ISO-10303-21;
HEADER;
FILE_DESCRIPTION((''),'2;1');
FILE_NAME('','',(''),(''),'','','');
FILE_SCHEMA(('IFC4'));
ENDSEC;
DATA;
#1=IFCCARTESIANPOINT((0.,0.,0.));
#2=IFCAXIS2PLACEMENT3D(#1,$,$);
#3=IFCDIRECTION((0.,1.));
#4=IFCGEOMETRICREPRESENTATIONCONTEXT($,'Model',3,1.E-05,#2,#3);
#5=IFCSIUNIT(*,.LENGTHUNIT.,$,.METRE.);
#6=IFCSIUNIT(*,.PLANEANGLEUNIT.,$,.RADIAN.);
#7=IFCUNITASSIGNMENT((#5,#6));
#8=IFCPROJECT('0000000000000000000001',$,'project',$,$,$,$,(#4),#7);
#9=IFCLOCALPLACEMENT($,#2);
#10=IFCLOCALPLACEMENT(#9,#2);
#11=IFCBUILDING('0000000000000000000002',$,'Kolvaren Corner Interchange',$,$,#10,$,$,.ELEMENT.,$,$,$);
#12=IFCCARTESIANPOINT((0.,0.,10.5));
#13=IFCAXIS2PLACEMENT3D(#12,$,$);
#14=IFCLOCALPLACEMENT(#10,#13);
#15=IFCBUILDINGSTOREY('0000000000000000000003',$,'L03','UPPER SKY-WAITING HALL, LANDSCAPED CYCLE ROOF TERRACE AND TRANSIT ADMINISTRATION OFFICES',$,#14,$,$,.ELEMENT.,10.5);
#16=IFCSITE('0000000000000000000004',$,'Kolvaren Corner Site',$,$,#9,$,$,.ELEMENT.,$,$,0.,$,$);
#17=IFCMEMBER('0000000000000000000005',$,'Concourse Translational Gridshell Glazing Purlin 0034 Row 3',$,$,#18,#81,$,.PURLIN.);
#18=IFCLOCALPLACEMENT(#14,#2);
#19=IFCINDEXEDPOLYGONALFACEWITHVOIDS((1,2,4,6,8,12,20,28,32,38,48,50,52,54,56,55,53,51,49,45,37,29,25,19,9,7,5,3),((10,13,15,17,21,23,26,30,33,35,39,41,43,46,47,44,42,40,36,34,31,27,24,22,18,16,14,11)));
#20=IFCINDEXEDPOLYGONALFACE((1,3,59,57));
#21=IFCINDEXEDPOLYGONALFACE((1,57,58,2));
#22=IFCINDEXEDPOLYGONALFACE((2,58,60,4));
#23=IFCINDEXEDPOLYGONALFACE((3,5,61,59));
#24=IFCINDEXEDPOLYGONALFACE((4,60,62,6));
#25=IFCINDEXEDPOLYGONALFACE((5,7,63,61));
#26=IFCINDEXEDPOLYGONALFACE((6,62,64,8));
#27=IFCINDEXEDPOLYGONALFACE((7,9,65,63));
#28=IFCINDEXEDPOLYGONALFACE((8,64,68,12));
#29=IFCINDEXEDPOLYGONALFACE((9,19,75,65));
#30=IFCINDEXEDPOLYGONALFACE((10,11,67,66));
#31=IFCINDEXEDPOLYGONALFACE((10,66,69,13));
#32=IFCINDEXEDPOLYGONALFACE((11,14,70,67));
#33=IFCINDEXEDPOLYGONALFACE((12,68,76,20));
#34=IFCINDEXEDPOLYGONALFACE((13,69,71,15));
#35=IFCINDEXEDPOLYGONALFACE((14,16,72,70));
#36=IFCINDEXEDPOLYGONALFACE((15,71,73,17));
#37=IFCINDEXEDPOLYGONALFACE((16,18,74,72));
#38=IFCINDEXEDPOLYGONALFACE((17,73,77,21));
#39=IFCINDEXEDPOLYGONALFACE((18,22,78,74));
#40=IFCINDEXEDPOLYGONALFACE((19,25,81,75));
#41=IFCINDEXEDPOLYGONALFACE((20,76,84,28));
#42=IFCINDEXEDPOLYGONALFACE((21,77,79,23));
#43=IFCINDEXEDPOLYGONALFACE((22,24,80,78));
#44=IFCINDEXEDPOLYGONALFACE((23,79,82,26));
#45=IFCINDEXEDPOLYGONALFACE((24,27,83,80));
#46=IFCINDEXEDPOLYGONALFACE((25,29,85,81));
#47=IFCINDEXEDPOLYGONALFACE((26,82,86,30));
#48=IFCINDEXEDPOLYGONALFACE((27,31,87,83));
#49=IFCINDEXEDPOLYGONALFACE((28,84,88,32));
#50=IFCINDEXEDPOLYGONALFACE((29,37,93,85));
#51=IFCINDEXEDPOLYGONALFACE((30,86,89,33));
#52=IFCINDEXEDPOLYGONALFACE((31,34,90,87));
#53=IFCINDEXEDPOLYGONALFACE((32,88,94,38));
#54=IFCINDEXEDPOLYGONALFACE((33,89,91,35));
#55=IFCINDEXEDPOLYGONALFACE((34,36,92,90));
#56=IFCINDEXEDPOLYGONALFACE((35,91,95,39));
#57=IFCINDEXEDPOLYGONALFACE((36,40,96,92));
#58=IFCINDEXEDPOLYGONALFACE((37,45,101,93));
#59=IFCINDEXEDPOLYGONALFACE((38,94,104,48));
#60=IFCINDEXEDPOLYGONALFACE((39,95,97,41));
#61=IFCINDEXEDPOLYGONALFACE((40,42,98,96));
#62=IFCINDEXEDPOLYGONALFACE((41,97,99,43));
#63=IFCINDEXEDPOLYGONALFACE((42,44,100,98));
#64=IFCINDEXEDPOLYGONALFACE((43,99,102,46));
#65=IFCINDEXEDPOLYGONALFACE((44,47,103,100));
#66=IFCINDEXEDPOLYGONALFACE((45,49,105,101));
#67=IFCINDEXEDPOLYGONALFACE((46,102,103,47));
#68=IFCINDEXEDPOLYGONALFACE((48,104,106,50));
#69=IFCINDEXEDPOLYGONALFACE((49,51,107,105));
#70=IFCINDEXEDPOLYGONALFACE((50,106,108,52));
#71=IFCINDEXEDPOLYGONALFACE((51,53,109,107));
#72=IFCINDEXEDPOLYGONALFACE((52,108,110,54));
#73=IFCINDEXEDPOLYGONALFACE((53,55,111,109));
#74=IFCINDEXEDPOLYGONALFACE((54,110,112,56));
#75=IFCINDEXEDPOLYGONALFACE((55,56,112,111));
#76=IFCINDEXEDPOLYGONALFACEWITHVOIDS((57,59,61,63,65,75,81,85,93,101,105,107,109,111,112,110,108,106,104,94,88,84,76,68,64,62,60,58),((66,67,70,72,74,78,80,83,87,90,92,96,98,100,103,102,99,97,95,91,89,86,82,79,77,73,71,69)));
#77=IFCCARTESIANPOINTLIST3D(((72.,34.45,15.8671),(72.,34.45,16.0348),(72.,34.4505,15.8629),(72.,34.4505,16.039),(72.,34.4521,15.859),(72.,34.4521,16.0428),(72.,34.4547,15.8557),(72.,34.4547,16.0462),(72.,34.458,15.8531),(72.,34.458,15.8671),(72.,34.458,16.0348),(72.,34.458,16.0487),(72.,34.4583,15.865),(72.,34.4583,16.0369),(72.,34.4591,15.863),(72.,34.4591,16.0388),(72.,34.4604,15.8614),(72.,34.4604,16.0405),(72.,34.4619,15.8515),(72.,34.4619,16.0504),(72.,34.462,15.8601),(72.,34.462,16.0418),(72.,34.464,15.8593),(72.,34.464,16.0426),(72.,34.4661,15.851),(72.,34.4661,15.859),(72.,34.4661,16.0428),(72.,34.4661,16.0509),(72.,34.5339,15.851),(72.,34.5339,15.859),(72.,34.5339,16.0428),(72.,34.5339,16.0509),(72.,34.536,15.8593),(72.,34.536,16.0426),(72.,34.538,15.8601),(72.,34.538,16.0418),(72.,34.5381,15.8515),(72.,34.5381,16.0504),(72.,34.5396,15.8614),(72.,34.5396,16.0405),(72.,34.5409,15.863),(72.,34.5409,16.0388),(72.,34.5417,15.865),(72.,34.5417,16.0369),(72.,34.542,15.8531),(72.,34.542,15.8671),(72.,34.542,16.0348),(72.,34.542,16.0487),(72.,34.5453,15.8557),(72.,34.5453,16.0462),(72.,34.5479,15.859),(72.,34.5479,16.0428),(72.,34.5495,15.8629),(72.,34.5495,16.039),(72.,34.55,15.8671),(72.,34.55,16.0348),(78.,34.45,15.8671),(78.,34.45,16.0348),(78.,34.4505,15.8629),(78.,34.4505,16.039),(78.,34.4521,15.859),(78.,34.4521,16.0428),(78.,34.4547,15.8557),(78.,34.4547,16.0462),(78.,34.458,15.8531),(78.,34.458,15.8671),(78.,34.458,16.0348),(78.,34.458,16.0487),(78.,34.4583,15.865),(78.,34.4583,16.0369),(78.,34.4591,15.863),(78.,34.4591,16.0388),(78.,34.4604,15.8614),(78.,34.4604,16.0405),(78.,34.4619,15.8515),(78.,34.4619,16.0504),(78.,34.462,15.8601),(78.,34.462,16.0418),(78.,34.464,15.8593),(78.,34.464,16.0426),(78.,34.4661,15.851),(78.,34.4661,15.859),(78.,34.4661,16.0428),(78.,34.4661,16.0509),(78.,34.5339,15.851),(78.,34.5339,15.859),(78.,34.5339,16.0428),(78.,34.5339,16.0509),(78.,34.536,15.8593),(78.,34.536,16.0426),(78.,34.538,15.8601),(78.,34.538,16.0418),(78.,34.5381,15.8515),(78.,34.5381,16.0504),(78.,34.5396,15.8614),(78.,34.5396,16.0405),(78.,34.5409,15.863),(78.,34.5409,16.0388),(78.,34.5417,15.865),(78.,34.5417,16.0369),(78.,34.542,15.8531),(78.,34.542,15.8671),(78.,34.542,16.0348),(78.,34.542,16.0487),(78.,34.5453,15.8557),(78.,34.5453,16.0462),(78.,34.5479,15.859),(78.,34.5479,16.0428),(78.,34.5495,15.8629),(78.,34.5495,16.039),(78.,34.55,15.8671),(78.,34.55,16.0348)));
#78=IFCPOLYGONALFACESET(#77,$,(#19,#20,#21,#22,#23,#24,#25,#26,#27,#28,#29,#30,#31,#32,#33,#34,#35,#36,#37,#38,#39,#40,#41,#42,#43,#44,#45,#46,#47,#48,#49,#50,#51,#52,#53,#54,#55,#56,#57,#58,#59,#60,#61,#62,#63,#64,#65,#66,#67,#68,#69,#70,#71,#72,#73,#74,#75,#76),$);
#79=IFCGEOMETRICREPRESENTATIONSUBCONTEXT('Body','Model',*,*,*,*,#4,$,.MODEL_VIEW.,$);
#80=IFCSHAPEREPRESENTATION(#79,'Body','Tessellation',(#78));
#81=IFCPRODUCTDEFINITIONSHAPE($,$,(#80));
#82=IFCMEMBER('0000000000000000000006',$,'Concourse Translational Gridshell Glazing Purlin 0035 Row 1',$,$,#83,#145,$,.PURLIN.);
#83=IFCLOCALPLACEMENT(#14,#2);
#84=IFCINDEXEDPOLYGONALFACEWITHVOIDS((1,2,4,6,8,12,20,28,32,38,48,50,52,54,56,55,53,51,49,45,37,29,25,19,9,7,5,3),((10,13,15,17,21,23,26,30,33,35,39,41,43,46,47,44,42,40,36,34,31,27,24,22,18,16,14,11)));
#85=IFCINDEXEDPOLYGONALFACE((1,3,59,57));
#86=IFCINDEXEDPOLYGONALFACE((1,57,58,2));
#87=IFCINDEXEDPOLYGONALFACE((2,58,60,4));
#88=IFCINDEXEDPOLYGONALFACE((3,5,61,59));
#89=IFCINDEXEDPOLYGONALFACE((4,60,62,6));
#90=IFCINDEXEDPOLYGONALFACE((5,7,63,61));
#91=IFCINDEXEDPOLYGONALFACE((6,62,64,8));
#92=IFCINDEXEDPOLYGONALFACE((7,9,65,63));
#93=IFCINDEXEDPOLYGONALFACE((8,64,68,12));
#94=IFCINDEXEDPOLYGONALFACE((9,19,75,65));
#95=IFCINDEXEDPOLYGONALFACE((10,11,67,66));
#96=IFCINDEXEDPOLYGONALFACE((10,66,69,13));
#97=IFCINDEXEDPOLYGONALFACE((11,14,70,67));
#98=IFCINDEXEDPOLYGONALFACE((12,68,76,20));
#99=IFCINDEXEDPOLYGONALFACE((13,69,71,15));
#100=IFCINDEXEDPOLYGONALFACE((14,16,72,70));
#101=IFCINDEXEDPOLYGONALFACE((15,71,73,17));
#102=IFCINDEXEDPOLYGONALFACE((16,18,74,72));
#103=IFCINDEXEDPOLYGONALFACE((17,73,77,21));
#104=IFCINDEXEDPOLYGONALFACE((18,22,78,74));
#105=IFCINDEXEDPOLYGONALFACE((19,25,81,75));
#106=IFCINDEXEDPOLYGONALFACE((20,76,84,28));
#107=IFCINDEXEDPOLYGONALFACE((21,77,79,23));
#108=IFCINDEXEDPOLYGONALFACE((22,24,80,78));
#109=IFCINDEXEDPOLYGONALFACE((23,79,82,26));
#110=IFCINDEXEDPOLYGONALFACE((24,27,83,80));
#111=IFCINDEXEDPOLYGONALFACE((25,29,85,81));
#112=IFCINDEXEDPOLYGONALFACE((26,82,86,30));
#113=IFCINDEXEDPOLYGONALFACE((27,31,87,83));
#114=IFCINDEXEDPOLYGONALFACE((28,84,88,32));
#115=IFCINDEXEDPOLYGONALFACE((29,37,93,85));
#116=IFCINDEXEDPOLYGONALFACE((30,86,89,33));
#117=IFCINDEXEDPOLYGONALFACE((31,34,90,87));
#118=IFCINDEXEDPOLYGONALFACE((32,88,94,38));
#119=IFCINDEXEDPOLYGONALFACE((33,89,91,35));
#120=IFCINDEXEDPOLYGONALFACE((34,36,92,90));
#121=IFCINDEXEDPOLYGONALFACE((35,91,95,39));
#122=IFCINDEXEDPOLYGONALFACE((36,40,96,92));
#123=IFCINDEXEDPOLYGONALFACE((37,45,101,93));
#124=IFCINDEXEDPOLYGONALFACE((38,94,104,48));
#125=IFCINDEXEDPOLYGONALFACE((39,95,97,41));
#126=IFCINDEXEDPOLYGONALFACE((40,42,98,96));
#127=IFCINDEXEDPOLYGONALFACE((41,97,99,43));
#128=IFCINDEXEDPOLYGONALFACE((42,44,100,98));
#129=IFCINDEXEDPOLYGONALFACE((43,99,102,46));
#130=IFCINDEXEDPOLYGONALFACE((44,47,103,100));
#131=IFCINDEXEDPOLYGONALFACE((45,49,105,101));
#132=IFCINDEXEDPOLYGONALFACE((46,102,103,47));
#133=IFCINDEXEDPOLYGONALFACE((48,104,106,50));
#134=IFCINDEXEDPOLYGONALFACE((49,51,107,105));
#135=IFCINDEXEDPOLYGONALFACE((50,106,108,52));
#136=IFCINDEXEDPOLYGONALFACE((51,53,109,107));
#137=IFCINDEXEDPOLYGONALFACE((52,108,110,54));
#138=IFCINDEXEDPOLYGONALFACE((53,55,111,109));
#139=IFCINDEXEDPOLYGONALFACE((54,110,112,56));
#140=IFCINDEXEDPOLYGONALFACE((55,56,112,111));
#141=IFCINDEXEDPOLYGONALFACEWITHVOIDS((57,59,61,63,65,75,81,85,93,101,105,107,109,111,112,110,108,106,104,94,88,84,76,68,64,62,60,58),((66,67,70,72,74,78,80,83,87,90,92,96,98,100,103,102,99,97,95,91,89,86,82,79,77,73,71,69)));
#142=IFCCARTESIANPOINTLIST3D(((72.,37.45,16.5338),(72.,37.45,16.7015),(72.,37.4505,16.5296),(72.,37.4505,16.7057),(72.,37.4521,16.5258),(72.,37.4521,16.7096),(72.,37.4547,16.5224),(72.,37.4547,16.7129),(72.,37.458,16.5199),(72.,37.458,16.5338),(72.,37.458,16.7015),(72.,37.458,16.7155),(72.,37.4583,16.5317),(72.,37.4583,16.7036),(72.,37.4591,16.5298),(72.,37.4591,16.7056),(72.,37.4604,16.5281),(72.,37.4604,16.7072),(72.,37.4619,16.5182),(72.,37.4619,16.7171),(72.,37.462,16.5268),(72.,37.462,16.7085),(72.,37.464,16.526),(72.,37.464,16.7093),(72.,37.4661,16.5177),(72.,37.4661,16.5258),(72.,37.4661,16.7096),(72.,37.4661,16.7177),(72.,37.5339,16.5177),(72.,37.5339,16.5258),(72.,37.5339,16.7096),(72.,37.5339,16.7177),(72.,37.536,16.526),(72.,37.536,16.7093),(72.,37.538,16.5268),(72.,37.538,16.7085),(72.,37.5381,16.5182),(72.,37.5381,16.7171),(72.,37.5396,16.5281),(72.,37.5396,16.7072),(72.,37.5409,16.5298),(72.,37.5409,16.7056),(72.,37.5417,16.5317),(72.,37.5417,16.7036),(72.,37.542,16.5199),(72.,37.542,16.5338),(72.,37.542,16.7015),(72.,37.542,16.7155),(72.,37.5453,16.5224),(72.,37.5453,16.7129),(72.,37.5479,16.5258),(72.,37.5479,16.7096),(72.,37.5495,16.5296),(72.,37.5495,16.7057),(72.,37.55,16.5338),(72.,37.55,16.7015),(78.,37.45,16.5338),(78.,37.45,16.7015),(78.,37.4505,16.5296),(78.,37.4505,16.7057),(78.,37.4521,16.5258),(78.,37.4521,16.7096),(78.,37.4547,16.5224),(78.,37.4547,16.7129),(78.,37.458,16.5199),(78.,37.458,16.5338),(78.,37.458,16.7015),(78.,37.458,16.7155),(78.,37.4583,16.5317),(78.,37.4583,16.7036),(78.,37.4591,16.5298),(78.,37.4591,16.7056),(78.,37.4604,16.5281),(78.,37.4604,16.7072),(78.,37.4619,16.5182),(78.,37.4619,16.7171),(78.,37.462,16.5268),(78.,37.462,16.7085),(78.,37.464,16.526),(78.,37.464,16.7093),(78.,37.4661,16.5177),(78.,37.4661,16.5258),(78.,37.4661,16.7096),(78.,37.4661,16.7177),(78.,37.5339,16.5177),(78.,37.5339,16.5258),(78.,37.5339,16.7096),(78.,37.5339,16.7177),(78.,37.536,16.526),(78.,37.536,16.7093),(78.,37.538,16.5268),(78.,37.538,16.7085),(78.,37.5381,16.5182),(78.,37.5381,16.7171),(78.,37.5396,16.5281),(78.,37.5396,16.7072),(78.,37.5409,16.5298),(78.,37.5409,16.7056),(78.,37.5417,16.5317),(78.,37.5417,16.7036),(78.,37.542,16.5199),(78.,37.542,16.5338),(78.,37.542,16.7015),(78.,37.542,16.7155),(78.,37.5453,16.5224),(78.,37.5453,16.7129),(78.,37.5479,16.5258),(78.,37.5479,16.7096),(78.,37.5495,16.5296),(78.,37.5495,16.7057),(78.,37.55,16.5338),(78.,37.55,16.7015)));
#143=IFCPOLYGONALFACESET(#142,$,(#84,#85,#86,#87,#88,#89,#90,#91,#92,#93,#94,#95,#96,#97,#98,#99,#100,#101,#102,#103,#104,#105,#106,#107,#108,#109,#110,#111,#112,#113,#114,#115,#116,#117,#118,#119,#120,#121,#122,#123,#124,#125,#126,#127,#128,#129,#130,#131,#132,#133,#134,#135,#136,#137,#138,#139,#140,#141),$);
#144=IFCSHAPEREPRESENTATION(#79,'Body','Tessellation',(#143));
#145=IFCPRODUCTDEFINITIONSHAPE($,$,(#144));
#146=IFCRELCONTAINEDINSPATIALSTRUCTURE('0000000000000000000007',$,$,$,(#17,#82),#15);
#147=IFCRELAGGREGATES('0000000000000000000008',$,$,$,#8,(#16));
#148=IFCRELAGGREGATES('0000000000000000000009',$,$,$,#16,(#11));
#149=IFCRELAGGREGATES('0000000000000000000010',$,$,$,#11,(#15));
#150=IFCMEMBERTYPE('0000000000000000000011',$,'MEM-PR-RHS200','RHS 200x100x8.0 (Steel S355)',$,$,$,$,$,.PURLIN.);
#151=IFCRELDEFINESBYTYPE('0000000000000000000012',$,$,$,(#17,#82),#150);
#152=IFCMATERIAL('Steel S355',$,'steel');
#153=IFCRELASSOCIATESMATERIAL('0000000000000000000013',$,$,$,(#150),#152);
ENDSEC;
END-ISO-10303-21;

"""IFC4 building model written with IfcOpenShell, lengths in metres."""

from ifc_helpers import new_model, si_unit, direction, frame, origin, origin_2d, place, context, subcontext, project, spatial, hollow_rectangle, extrude, material, material_profile, profile_set, type_object, element, save


model = new_model("IFC4")

# Units and contexts
model_context = context("Model", 3, precision=1e-05, world=origin(), true_north=direction((0.0, 1.0)))
body_context = subcontext(model_context, "Body", "Model", "MODEL_VIEW")
ifc_project = project(units=[si_unit("LENGTHUNIT", "METRE"), si_unit("PLANEANGLEUNIT", "RADIAN")], contexts=[model_context])

# Site, building, storey
site_placement = place(None, origin())
site = spatial("IfcSite", under=ifc_project, at=site_placement, Name="Kolvaren Corner Site", CompositionType="ELEMENT", RefElevation=0.0)
building_placement = place(site_placement, origin())
building = spatial("IfcBuilding", under=site, at=building_placement, Name="Kolvaren Corner Interchange", CompositionType="ELEMENT")
storey_placement = place(building_placement, frame((0.0, 0.0, 10.5)))
storey = spatial("IfcBuildingStorey", under=building, at=storey_placement, Name="L03", Description="UPPER SKY-WAITING HALL, LANDSCAPED CYCLE ROOF TERRACE AND TRANSIT ADMINISTRATION OFFICES", CompositionType="ELEMENT", Elevation=10.5)

# Members
ifc_material_1 = material(Name="Steel S355", Category="steel")
ifc_material_profile_1 = material_profile(ifc_material_1, hollow_rectangle(XDim=0.1001, YDim=0.2, WallThickness=0.0081, InnerFilletRadius=0.0081, OuterFilletRadius=0.0161, at=origin_2d()), Name="RHS 200x100x8.0")
ifc_profile_set_1 = profile_set([ifc_material_profile_1], Name="Steel S355")
member_type_1 = type_object("IfcMemberType", Name="MEM-PR-RHS200", Description="RHS 200x100x8.0 (Steel S355)", PredefinedType="PURLIN", material=ifc_profile_set_1)
for number, where, z_axis, x_axis, name in (
    (1, (72.0, 34.5, 15.9509), (1.0, 0.0, 0.0), (0.0, 1.0, 0.0), "Concourse Translational Gridshell Glazing Purlin 0034 Row 3"),
    (2, (72.0, 37.5, 16.6177), (1.0, 0.0, 0.0), (0.0, 1.0, 0.0), "Concourse Translational Gridshell Glazing Purlin 0035 Row 1"),
):
    element("IfcMember", number, at=place(storey_placement, frame(where, z_axis=z_axis, x_axis=x_axis)), inside=storey, type_object=member_type_1, Name=name, PredefinedType="PURLIN", context=body_context, shape_type="SweptSolid", body=[
        extrude(hollow_rectangle(XDim=0.1001, YDim=0.2, WallThickness=0.0081, InnerFilletRadius=0.0081, OuterFilletRadius=0.0161, at=origin_2d()), origin(), (0.0, 0.0, 1.0), 6.0),
    ])

save(model, "model.ifc")
